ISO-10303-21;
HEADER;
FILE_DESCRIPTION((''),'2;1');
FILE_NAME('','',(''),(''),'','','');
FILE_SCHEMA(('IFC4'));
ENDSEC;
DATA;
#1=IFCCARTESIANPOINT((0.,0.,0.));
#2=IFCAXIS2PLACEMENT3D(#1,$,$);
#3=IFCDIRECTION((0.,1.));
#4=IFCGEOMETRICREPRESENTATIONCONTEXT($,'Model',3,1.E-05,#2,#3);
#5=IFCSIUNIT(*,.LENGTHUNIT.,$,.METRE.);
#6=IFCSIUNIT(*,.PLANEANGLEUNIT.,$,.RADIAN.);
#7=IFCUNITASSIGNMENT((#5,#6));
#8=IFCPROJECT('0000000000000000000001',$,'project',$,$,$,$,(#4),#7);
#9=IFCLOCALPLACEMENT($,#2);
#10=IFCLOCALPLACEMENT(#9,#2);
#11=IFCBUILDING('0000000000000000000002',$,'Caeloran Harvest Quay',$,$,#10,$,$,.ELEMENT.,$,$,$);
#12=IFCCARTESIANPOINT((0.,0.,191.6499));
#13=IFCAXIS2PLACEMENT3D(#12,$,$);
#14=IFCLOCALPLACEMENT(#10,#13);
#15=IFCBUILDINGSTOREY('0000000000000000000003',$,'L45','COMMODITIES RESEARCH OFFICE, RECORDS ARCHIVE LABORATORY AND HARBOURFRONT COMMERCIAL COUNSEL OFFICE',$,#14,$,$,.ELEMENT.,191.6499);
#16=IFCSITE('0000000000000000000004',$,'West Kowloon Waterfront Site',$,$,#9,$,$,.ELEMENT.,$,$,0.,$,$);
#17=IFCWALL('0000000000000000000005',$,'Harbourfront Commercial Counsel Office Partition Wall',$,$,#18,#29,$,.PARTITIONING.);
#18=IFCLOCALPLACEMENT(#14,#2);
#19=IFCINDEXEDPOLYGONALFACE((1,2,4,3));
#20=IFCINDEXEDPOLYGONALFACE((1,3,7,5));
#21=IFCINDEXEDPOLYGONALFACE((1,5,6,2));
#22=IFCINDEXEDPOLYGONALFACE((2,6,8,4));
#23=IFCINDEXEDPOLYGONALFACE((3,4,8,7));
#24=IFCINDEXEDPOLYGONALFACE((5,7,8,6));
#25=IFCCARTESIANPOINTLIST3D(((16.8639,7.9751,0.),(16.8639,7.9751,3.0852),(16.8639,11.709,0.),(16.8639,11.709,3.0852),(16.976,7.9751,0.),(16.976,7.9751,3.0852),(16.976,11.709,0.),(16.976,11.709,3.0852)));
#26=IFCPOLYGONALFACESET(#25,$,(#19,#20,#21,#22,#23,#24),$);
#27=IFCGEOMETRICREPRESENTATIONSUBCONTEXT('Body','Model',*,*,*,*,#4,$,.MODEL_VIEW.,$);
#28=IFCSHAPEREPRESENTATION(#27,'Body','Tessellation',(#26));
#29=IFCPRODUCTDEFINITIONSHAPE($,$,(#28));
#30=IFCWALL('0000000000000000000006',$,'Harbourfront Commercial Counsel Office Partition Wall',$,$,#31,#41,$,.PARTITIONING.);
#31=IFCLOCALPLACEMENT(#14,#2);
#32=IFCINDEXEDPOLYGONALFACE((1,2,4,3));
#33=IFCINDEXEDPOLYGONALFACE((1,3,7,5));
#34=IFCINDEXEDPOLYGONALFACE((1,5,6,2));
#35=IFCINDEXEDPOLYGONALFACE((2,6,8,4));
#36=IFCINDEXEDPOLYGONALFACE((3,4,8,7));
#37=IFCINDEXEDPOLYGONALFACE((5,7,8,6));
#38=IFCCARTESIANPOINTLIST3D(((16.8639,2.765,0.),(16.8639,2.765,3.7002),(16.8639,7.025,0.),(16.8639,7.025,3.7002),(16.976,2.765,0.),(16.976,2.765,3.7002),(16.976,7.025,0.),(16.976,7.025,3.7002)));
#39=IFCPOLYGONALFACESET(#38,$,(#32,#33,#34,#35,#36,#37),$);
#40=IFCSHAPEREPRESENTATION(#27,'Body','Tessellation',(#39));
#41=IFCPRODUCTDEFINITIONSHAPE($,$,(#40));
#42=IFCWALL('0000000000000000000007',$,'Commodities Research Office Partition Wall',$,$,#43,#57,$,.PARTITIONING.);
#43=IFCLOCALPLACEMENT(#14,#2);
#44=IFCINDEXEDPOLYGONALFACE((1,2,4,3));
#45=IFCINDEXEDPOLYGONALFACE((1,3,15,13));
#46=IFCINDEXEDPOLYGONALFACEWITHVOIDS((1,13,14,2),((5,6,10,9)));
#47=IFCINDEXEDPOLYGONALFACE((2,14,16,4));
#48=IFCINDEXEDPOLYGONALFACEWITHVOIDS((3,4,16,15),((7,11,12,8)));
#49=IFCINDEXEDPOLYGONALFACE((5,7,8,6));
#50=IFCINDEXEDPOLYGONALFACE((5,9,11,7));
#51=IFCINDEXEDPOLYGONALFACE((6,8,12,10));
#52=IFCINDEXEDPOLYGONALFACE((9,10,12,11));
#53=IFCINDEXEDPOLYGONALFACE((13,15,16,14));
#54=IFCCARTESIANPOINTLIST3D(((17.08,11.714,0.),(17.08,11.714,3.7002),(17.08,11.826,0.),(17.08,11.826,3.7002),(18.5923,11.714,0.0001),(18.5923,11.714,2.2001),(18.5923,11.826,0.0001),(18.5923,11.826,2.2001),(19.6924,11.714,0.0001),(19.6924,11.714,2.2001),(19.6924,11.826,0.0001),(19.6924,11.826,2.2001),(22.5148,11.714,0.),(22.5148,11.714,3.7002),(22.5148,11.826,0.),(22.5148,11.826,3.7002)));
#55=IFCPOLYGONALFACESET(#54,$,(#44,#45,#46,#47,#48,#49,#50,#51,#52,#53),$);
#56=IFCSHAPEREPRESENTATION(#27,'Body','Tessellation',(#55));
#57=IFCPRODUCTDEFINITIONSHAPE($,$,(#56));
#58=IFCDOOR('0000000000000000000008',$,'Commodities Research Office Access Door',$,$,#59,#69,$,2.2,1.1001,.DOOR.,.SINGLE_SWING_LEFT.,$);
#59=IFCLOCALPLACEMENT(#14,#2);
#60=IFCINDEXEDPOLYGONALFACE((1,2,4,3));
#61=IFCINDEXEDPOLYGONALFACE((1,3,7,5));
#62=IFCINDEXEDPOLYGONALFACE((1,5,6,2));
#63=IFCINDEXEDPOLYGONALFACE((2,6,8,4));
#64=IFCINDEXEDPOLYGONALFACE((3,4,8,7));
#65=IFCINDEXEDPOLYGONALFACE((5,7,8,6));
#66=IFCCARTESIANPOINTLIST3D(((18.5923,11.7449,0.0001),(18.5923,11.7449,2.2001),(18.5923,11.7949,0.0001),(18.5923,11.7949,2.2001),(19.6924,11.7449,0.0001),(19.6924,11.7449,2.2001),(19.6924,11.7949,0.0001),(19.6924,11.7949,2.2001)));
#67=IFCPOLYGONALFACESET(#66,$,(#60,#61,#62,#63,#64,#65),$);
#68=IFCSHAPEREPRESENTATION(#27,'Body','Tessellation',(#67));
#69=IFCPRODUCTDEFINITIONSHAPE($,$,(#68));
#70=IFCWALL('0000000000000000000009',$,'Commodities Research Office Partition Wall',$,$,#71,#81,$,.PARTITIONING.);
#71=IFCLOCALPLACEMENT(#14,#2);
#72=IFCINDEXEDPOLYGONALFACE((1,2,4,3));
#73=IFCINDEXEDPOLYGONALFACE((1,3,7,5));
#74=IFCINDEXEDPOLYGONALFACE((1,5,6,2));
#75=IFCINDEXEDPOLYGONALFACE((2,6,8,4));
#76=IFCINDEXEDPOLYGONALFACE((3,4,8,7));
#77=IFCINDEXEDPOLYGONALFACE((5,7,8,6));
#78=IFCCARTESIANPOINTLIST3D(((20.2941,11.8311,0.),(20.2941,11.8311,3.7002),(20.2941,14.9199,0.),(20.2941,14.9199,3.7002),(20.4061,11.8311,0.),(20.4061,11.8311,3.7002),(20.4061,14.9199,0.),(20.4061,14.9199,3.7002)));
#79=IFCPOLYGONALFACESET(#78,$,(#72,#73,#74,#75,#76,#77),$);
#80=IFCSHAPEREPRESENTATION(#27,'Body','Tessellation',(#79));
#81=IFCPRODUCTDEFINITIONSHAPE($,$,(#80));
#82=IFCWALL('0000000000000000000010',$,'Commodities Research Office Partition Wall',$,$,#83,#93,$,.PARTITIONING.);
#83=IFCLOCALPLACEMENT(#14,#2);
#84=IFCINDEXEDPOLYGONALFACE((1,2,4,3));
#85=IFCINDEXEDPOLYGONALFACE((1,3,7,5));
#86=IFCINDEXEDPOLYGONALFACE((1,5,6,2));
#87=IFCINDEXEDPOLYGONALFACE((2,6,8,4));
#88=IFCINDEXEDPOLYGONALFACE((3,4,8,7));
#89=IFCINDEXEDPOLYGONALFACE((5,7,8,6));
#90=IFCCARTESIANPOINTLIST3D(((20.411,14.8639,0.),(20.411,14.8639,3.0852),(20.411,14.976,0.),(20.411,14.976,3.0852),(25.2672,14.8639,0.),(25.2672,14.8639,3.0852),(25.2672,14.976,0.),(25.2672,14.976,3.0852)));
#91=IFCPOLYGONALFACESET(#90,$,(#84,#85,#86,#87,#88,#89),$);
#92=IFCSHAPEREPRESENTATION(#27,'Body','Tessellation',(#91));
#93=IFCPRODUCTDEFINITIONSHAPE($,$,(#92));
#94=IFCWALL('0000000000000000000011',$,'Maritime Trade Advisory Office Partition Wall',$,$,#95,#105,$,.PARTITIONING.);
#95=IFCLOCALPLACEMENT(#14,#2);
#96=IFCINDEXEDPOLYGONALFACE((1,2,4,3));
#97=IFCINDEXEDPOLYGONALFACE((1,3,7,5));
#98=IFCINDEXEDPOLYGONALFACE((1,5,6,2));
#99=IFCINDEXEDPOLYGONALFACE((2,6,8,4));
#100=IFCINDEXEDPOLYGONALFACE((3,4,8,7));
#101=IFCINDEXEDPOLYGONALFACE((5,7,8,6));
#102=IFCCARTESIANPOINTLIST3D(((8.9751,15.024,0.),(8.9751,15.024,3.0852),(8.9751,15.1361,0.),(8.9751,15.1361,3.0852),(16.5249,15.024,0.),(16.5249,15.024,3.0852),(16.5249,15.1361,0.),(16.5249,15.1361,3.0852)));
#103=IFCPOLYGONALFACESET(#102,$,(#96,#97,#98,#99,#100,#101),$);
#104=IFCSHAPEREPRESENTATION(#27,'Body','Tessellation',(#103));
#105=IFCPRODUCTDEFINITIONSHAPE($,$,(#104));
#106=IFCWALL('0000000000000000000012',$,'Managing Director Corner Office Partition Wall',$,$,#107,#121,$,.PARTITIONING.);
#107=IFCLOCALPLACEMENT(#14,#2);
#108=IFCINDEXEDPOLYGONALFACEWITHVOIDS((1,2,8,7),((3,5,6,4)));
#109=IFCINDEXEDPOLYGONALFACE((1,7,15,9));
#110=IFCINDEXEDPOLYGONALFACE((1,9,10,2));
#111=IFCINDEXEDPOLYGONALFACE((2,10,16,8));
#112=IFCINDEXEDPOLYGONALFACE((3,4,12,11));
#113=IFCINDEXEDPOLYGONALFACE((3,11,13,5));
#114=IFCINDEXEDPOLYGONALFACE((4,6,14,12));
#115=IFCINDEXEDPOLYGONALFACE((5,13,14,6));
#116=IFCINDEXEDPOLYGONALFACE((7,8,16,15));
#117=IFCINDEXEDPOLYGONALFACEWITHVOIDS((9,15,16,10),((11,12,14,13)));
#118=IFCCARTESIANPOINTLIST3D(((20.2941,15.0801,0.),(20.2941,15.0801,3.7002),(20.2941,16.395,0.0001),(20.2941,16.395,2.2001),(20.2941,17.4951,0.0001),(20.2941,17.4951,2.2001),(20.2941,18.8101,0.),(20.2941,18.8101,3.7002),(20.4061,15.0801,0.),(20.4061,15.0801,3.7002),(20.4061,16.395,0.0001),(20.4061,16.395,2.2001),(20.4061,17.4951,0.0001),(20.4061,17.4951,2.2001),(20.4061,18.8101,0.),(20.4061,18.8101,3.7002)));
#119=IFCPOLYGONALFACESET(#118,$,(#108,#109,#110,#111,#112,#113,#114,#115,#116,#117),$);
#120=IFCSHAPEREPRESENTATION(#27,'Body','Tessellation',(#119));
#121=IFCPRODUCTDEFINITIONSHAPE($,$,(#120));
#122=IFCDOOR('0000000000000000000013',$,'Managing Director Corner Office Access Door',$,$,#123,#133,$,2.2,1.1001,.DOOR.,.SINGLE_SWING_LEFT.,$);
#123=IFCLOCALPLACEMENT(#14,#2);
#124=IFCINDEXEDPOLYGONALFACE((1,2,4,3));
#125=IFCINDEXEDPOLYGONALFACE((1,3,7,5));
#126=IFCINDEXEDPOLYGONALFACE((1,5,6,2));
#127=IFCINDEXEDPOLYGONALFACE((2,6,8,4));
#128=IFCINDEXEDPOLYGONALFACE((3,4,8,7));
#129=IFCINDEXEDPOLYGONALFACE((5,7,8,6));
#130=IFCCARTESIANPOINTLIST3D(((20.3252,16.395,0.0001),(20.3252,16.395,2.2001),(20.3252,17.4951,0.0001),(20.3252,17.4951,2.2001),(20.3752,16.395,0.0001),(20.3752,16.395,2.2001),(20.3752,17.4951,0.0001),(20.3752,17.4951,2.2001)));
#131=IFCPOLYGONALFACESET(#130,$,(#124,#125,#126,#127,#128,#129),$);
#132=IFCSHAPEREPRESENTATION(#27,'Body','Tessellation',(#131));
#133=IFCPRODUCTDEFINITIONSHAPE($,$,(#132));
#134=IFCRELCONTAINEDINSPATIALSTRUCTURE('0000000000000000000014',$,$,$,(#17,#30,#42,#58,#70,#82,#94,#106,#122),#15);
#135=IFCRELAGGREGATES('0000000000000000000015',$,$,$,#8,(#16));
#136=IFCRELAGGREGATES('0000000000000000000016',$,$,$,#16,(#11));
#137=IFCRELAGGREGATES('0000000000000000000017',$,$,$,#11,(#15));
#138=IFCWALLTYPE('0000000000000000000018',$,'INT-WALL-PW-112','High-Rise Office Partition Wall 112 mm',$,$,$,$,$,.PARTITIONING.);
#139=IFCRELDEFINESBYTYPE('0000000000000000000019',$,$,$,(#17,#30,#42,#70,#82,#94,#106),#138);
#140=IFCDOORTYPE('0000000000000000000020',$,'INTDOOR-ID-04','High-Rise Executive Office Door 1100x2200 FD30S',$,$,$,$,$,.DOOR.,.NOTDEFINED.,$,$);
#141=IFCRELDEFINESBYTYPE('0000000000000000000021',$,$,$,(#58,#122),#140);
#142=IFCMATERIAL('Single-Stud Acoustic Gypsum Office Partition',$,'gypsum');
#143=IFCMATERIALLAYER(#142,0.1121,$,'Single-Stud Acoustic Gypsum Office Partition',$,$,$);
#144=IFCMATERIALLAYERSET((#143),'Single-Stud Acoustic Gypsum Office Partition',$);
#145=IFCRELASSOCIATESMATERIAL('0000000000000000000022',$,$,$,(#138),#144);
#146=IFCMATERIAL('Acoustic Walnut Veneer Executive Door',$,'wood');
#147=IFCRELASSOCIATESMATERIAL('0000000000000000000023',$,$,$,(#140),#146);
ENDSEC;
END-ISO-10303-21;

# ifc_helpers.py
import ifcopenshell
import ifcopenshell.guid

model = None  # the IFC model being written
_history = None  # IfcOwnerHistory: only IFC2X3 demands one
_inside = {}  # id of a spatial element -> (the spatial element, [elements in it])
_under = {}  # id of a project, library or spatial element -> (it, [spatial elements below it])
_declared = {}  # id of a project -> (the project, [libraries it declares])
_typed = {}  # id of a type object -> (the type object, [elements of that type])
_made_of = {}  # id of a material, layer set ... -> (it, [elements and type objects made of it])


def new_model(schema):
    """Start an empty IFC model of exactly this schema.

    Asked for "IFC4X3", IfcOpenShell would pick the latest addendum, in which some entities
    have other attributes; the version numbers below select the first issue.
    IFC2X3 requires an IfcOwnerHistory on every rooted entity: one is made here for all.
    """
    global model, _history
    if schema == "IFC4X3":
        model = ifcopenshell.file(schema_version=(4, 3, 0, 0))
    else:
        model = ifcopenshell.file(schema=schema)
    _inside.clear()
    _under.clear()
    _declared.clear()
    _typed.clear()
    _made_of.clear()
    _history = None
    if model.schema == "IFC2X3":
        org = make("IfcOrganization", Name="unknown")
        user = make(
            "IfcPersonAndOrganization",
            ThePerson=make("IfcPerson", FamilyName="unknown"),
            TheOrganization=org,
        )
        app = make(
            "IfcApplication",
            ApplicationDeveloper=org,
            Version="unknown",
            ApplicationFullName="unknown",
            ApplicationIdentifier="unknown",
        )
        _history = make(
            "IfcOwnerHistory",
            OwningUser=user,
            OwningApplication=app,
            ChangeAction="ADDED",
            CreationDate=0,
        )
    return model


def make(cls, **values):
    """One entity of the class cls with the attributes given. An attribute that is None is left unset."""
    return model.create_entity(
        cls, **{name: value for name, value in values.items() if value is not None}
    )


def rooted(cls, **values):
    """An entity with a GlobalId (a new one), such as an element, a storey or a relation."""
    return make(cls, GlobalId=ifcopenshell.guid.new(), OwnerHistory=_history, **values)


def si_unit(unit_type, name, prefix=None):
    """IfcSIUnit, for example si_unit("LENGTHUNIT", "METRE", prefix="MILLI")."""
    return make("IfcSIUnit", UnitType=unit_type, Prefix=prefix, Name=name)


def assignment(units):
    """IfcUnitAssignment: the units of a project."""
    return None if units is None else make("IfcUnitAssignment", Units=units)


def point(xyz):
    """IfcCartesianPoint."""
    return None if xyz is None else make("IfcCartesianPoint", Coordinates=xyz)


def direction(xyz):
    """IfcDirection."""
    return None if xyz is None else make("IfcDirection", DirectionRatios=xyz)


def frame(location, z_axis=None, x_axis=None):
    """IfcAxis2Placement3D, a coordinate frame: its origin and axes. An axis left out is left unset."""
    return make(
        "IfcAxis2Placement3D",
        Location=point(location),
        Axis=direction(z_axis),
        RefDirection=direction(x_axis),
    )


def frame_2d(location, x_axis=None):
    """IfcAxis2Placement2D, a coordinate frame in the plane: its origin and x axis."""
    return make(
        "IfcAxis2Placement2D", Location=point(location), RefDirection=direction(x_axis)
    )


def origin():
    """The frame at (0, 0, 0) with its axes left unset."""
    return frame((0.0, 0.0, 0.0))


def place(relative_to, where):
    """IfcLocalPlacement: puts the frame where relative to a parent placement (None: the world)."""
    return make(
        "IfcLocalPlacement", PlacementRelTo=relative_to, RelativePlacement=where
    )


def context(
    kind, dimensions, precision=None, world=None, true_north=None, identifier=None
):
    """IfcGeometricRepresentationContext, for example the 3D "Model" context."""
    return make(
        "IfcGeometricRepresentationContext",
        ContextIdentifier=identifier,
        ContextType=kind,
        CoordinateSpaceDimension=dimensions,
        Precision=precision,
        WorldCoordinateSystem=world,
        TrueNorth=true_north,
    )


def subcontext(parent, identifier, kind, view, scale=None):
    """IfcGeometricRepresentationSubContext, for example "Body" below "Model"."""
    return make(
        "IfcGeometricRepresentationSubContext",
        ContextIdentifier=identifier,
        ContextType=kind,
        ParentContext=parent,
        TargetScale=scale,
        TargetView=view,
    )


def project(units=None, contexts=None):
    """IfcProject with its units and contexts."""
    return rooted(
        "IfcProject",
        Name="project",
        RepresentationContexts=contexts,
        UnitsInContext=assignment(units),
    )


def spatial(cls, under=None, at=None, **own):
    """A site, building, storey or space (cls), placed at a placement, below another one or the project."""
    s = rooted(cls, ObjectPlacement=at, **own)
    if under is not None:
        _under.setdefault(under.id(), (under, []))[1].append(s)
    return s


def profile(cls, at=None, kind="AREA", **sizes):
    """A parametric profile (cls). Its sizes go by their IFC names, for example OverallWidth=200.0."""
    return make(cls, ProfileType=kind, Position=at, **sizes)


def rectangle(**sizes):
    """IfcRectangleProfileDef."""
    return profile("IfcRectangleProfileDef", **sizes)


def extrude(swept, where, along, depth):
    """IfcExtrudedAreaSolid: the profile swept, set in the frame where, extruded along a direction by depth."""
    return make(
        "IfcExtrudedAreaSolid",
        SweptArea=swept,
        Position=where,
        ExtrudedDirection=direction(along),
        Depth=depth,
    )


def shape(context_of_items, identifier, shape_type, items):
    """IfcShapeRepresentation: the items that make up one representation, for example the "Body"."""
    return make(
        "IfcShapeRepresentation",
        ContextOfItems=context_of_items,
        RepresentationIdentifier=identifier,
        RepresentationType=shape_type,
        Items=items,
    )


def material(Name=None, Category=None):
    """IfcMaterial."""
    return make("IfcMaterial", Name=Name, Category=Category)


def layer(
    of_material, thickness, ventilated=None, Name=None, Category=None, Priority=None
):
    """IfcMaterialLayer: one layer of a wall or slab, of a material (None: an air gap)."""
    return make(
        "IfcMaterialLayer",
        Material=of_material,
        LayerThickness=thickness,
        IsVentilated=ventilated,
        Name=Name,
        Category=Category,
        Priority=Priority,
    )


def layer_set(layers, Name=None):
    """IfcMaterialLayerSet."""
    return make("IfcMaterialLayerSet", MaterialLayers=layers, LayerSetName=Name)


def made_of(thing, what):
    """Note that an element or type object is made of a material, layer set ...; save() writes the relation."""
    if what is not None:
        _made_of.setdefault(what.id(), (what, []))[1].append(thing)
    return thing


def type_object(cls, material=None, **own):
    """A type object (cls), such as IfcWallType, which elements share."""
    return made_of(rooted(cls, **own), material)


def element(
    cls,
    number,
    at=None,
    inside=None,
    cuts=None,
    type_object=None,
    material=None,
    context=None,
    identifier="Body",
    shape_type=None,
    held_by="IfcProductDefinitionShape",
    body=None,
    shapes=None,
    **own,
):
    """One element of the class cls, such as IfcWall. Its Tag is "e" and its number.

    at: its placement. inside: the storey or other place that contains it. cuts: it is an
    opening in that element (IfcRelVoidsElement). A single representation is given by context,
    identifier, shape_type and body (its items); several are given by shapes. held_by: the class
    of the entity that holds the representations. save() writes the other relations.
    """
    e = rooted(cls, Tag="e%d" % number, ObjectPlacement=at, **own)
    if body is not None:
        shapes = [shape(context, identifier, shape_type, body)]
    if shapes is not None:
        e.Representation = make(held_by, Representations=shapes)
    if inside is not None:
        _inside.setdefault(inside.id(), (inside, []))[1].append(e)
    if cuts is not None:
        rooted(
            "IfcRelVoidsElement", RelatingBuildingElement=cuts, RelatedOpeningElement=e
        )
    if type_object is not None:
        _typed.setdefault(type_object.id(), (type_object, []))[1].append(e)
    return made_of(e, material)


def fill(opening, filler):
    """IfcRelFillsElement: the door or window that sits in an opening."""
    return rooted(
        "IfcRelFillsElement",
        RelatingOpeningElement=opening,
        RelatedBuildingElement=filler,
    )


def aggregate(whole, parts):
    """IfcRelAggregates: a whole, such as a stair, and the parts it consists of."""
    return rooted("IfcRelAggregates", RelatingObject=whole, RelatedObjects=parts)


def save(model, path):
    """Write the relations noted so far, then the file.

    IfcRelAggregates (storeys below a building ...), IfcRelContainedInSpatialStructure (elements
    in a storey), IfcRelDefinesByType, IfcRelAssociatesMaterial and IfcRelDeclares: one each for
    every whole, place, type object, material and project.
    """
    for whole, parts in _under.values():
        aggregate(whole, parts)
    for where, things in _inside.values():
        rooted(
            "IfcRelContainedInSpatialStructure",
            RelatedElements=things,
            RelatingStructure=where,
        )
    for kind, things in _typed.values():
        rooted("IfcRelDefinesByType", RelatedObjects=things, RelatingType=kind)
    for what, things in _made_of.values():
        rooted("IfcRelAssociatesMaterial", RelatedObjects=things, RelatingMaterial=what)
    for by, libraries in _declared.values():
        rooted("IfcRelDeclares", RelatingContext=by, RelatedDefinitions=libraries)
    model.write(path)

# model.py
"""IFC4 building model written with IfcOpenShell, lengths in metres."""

from ifc_helpers import new_model, si_unit, direction, frame, frame_2d, origin, place, context, subcontext, project, spatial, rectangle, extrude, material, layer, layer_set, type_object, element, fill, save


model = new_model("IFC4")

# Units and contexts
model_context = context("Model", 3, precision=1e-05, world=origin(), true_north=direction((0.0, 1.0)))
body_context = subcontext(model_context, "Body", "Model", "MODEL_VIEW")
ifc_project = project(units=[si_unit("LENGTHUNIT", "METRE"), si_unit("PLANEANGLEUNIT", "RADIAN")], contexts=[model_context])

# Site, building, storey
site_placement = place(None, origin())
site = spatial("IfcSite", under=ifc_project, at=site_placement, Name="West Kowloon Waterfront Site", CompositionType="ELEMENT", RefElevation=0.0)
building_placement = place(site_placement, origin())
building = spatial("IfcBuilding", under=site, at=building_placement, Name="Caeloran Harvest Quay", CompositionType="ELEMENT")
storey_placement = place(building_placement, frame((0.0, 0.0, 191.6499)))
storey = spatial("IfcBuildingStorey", under=building, at=storey_placement, Name="L45", Description="COMMODITIES RESEARCH OFFICE, RECORDS ARCHIVE LABORATORY AND HARBOURFRONT COMMERCIAL COUNSEL OFFICE", CompositionType="ELEMENT", Elevation=191.6499)

# Walls
ifc_material_1 = material(Name="Single-Stud Acoustic Gypsum Office Partition", Category="gypsum")
ifc_layer_1 = layer(ifc_material_1, 0.1121, Name="Single-Stud Acoustic Gypsum Office Partition")
ifc_layer_set_1 = layer_set([ifc_layer_1], Name="Single-Stud Acoustic Gypsum Office Partition")
wall_type_1 = type_object("IfcWallType", Name="INT-WALL-PW-112", Description="High-Rise Office Partition Wall 112 mm", PredefinedType="PARTITIONING", material=ifc_layer_set_1)
wall_1_placement = place(storey_placement, frame((16.9199, 11.709, 0.0), z_axis=(0.0, 0.0, 1.0), x_axis=(0.0, -1.0, 0.0)))
element("IfcWall", 1, at=wall_1_placement, inside=storey, type_object=wall_type_1, Name="Harbourfront Commercial Counsel Office Partition Wall", PredefinedType="PARTITIONING", context=body_context, shape_type="SweptSolid", body=[
    extrude(rectangle(XDim=3.7339, YDim=0.1121, at=frame_2d((1.8669, 0.0))), origin(), (0.0, 0.0, 1.0), 3.0852),
])
wall_2_placement = place(storey_placement, frame((16.9199, 7.0249, 0.0), z_axis=(0.0, 0.0, 1.0), x_axis=(0.0, -1.0, 0.0)))
element("IfcWall", 2, at=wall_2_placement, inside=storey, type_object=wall_type_1, Name="Harbourfront Commercial Counsel Office Partition Wall", PredefinedType="PARTITIONING", context=body_context, shape_type="SweptSolid", body=[
    extrude(rectangle(XDim=4.26, YDim=0.1121, at=frame_2d((2.1299, 0.0))), origin(), (0.0, 0.0, 1.0), 3.7002),
])

# Wall, opening, door
wall_3_placement = place(storey_placement, frame((17.0801, 11.77, 0.0), z_axis=(0.0, 0.0, 1.0), x_axis=(1.0, 0.0, 0.0)))
wall_3 = element("IfcWall", 3, at=wall_3_placement, inside=storey, type_object=wall_type_1, Name="Commodities Research Office Partition Wall", PredefinedType="PARTITIONING", context=body_context, shape_type="SweptSolid", body=[
    extrude(rectangle(XDim=5.4348, YDim=0.1121, at=frame_2d((2.7173, 0.0))), origin(), (0.0, 0.0, 1.0), 3.7002),
])
opening_1_placement = place(wall_3_placement, frame((1.5122, 0.0, 0.0)))
opening_1 = element("IfcOpeningElement", 4, at=opening_1_placement, cuts=wall_3, PredefinedType="OPENING", context=body_context, shape_type="SweptSolid", body=[
    extrude(rectangle(XDim=1.1001, YDim=2.2, at=frame_2d((0.55, 1.1001))), frame((0.0, 0.0659, 0.0), z_axis=(0.0, -1.0, 0.0), x_axis=(1.0, 0.0, 0.0)), (0.0, 0.0, 1.0), 0.1321),
])
ifc_material_2 = material(Name="Acoustic Walnut Veneer Executive Door", Category="wood")
door_type = type_object("IfcDoorType", Name="INTDOOR-ID-04", Description="High-Rise Executive Office Door 1100x2200 FD30S", OperationType="NOTDEFINED", PredefinedType="DOOR", material=ifc_material_2)
door_1_placement = place(opening_1_placement, origin())
door_1 = element("IfcDoor", 5, at=door_1_placement, inside=storey, type_object=door_type, Name="Commodities Research Office Access Door", OperationType="SINGLE_SWING_LEFT", OverallHeight=2.2, OverallWidth=1.1001, PredefinedType="DOOR", context=body_context, shape_type="SweptSolid", body=[
    extrude(rectangle(XDim=1.1001, YDim=2.2, at=frame_2d((0.55, 1.1001))), frame((0.0, 0.0249, 0.0), z_axis=(0.0, -1.0, 0.0), x_axis=(1.0, 0.0, 0.0)), (0.0, 0.0, 1.0), 0.05),
])
fill(opening_1, door_1)

# Walls
wall_4_placement = place(storey_placement, frame((20.3501, 11.8311, 0.0), z_axis=(0.0, 0.0, 1.0), x_axis=(0.0, 1.0, 0.0)))
element("IfcWall", 6, at=wall_4_placement, inside=storey, type_object=wall_type_1, Name="Commodities Research Office Partition Wall", PredefinedType="PARTITIONING", context=body_context, shape_type="SweptSolid", body=[
    extrude(rectangle(XDim=3.0889, YDim=0.1121, at=frame_2d((1.5444, 0.0))), origin(), (0.0, 0.0, 1.0), 3.7002),
])
wall_5_placement = place(storey_placement, frame((20.4109, 14.9199, 0.0), z_axis=(0.0, 0.0, 1.0), x_axis=(1.0, 0.0, 0.0)))
element("IfcWall", 7, at=wall_5_placement, inside=storey, type_object=wall_type_1, Name="Commodities Research Office Partition Wall", PredefinedType="PARTITIONING", context=body_context, shape_type="SweptSolid", body=[
    extrude(rectangle(XDim=4.8562, YDim=0.1121, at=frame_2d((2.4282, 0.0))), origin(), (0.0, 0.0, 1.0), 3.0852),
])
wall_6_placement = place(storey_placement, frame((16.5249, 15.0801, 0.0), z_axis=(0.0, 0.0, 1.0), x_axis=(-1.0, 0.0, 0.0)))
element("IfcWall", 8, at=wall_6_placement, inside=storey, type_object=wall_type_1, Name="Maritime Trade Advisory Office Partition Wall", PredefinedType="PARTITIONING", context=body_context, shape_type="SweptSolid", body=[
    extrude(rectangle(XDim=7.5498, YDim=0.1121, at=frame_2d((3.7749, 0.0))), origin(), (0.0, 0.0, 1.0), 3.0852),
])

# Wall, opening, door
wall_7_placement = place(storey_placement, frame((20.3501, 15.0801, 0.0), z_axis=(0.0, 0.0, 1.0), x_axis=(0.0, 1.0, 0.0)))
wall_7 = element("IfcWall", 9, at=wall_7_placement, inside=storey, type_object=wall_type_1, Name="Managing Director Corner Office Partition Wall", PredefinedType="PARTITIONING", context=body_context, shape_type="SweptSolid", body=[
    extrude(rectangle(XDim=3.73, YDim=0.1121, at=frame_2d((1.865, 0.0))), origin(), (0.0, 0.0, 1.0), 3.7002),
])
opening_2_placement = place(wall_7_placement, frame((1.3149, 0.0, 0.0)))
opening_2 = element("IfcOpeningElement", 10, at=opening_2_placement, cuts=wall_7, PredefinedType="OPENING", context=body_context, shape_type="SweptSolid", body=[
    extrude(rectangle(XDim=1.1001, YDim=2.2, at=frame_2d((0.55, 1.1001))), frame((0.0, 0.0659, 0.0), z_axis=(0.0, -1.0, 0.0), x_axis=(1.0, 0.0, 0.0)), (0.0, 0.0, 1.0), 0.1321),
])
door_2_placement = place(opening_2_placement, origin())
door_2 = element("IfcDoor", 11, at=door_2_placement, inside=storey, type_object=door_type, Name="Managing Director Corner Office Access Door", OperationType="SINGLE_SWING_LEFT", OverallHeight=2.2, OverallWidth=1.1001, PredefinedType="DOOR", context=body_context, shape_type="SweptSolid", body=[
    extrude(rectangle(XDim=1.1001, YDim=2.2, at=frame_2d((0.55, 1.1001))), frame((0.0, 0.0249, 0.0), z_axis=(0.0, -1.0, 0.0), x_axis=(1.0, 0.0, 0.0)), (0.0, 0.0, 1.0), 0.05),
])
fill(opening_2, door_2)

save(model, "model.ifc")
